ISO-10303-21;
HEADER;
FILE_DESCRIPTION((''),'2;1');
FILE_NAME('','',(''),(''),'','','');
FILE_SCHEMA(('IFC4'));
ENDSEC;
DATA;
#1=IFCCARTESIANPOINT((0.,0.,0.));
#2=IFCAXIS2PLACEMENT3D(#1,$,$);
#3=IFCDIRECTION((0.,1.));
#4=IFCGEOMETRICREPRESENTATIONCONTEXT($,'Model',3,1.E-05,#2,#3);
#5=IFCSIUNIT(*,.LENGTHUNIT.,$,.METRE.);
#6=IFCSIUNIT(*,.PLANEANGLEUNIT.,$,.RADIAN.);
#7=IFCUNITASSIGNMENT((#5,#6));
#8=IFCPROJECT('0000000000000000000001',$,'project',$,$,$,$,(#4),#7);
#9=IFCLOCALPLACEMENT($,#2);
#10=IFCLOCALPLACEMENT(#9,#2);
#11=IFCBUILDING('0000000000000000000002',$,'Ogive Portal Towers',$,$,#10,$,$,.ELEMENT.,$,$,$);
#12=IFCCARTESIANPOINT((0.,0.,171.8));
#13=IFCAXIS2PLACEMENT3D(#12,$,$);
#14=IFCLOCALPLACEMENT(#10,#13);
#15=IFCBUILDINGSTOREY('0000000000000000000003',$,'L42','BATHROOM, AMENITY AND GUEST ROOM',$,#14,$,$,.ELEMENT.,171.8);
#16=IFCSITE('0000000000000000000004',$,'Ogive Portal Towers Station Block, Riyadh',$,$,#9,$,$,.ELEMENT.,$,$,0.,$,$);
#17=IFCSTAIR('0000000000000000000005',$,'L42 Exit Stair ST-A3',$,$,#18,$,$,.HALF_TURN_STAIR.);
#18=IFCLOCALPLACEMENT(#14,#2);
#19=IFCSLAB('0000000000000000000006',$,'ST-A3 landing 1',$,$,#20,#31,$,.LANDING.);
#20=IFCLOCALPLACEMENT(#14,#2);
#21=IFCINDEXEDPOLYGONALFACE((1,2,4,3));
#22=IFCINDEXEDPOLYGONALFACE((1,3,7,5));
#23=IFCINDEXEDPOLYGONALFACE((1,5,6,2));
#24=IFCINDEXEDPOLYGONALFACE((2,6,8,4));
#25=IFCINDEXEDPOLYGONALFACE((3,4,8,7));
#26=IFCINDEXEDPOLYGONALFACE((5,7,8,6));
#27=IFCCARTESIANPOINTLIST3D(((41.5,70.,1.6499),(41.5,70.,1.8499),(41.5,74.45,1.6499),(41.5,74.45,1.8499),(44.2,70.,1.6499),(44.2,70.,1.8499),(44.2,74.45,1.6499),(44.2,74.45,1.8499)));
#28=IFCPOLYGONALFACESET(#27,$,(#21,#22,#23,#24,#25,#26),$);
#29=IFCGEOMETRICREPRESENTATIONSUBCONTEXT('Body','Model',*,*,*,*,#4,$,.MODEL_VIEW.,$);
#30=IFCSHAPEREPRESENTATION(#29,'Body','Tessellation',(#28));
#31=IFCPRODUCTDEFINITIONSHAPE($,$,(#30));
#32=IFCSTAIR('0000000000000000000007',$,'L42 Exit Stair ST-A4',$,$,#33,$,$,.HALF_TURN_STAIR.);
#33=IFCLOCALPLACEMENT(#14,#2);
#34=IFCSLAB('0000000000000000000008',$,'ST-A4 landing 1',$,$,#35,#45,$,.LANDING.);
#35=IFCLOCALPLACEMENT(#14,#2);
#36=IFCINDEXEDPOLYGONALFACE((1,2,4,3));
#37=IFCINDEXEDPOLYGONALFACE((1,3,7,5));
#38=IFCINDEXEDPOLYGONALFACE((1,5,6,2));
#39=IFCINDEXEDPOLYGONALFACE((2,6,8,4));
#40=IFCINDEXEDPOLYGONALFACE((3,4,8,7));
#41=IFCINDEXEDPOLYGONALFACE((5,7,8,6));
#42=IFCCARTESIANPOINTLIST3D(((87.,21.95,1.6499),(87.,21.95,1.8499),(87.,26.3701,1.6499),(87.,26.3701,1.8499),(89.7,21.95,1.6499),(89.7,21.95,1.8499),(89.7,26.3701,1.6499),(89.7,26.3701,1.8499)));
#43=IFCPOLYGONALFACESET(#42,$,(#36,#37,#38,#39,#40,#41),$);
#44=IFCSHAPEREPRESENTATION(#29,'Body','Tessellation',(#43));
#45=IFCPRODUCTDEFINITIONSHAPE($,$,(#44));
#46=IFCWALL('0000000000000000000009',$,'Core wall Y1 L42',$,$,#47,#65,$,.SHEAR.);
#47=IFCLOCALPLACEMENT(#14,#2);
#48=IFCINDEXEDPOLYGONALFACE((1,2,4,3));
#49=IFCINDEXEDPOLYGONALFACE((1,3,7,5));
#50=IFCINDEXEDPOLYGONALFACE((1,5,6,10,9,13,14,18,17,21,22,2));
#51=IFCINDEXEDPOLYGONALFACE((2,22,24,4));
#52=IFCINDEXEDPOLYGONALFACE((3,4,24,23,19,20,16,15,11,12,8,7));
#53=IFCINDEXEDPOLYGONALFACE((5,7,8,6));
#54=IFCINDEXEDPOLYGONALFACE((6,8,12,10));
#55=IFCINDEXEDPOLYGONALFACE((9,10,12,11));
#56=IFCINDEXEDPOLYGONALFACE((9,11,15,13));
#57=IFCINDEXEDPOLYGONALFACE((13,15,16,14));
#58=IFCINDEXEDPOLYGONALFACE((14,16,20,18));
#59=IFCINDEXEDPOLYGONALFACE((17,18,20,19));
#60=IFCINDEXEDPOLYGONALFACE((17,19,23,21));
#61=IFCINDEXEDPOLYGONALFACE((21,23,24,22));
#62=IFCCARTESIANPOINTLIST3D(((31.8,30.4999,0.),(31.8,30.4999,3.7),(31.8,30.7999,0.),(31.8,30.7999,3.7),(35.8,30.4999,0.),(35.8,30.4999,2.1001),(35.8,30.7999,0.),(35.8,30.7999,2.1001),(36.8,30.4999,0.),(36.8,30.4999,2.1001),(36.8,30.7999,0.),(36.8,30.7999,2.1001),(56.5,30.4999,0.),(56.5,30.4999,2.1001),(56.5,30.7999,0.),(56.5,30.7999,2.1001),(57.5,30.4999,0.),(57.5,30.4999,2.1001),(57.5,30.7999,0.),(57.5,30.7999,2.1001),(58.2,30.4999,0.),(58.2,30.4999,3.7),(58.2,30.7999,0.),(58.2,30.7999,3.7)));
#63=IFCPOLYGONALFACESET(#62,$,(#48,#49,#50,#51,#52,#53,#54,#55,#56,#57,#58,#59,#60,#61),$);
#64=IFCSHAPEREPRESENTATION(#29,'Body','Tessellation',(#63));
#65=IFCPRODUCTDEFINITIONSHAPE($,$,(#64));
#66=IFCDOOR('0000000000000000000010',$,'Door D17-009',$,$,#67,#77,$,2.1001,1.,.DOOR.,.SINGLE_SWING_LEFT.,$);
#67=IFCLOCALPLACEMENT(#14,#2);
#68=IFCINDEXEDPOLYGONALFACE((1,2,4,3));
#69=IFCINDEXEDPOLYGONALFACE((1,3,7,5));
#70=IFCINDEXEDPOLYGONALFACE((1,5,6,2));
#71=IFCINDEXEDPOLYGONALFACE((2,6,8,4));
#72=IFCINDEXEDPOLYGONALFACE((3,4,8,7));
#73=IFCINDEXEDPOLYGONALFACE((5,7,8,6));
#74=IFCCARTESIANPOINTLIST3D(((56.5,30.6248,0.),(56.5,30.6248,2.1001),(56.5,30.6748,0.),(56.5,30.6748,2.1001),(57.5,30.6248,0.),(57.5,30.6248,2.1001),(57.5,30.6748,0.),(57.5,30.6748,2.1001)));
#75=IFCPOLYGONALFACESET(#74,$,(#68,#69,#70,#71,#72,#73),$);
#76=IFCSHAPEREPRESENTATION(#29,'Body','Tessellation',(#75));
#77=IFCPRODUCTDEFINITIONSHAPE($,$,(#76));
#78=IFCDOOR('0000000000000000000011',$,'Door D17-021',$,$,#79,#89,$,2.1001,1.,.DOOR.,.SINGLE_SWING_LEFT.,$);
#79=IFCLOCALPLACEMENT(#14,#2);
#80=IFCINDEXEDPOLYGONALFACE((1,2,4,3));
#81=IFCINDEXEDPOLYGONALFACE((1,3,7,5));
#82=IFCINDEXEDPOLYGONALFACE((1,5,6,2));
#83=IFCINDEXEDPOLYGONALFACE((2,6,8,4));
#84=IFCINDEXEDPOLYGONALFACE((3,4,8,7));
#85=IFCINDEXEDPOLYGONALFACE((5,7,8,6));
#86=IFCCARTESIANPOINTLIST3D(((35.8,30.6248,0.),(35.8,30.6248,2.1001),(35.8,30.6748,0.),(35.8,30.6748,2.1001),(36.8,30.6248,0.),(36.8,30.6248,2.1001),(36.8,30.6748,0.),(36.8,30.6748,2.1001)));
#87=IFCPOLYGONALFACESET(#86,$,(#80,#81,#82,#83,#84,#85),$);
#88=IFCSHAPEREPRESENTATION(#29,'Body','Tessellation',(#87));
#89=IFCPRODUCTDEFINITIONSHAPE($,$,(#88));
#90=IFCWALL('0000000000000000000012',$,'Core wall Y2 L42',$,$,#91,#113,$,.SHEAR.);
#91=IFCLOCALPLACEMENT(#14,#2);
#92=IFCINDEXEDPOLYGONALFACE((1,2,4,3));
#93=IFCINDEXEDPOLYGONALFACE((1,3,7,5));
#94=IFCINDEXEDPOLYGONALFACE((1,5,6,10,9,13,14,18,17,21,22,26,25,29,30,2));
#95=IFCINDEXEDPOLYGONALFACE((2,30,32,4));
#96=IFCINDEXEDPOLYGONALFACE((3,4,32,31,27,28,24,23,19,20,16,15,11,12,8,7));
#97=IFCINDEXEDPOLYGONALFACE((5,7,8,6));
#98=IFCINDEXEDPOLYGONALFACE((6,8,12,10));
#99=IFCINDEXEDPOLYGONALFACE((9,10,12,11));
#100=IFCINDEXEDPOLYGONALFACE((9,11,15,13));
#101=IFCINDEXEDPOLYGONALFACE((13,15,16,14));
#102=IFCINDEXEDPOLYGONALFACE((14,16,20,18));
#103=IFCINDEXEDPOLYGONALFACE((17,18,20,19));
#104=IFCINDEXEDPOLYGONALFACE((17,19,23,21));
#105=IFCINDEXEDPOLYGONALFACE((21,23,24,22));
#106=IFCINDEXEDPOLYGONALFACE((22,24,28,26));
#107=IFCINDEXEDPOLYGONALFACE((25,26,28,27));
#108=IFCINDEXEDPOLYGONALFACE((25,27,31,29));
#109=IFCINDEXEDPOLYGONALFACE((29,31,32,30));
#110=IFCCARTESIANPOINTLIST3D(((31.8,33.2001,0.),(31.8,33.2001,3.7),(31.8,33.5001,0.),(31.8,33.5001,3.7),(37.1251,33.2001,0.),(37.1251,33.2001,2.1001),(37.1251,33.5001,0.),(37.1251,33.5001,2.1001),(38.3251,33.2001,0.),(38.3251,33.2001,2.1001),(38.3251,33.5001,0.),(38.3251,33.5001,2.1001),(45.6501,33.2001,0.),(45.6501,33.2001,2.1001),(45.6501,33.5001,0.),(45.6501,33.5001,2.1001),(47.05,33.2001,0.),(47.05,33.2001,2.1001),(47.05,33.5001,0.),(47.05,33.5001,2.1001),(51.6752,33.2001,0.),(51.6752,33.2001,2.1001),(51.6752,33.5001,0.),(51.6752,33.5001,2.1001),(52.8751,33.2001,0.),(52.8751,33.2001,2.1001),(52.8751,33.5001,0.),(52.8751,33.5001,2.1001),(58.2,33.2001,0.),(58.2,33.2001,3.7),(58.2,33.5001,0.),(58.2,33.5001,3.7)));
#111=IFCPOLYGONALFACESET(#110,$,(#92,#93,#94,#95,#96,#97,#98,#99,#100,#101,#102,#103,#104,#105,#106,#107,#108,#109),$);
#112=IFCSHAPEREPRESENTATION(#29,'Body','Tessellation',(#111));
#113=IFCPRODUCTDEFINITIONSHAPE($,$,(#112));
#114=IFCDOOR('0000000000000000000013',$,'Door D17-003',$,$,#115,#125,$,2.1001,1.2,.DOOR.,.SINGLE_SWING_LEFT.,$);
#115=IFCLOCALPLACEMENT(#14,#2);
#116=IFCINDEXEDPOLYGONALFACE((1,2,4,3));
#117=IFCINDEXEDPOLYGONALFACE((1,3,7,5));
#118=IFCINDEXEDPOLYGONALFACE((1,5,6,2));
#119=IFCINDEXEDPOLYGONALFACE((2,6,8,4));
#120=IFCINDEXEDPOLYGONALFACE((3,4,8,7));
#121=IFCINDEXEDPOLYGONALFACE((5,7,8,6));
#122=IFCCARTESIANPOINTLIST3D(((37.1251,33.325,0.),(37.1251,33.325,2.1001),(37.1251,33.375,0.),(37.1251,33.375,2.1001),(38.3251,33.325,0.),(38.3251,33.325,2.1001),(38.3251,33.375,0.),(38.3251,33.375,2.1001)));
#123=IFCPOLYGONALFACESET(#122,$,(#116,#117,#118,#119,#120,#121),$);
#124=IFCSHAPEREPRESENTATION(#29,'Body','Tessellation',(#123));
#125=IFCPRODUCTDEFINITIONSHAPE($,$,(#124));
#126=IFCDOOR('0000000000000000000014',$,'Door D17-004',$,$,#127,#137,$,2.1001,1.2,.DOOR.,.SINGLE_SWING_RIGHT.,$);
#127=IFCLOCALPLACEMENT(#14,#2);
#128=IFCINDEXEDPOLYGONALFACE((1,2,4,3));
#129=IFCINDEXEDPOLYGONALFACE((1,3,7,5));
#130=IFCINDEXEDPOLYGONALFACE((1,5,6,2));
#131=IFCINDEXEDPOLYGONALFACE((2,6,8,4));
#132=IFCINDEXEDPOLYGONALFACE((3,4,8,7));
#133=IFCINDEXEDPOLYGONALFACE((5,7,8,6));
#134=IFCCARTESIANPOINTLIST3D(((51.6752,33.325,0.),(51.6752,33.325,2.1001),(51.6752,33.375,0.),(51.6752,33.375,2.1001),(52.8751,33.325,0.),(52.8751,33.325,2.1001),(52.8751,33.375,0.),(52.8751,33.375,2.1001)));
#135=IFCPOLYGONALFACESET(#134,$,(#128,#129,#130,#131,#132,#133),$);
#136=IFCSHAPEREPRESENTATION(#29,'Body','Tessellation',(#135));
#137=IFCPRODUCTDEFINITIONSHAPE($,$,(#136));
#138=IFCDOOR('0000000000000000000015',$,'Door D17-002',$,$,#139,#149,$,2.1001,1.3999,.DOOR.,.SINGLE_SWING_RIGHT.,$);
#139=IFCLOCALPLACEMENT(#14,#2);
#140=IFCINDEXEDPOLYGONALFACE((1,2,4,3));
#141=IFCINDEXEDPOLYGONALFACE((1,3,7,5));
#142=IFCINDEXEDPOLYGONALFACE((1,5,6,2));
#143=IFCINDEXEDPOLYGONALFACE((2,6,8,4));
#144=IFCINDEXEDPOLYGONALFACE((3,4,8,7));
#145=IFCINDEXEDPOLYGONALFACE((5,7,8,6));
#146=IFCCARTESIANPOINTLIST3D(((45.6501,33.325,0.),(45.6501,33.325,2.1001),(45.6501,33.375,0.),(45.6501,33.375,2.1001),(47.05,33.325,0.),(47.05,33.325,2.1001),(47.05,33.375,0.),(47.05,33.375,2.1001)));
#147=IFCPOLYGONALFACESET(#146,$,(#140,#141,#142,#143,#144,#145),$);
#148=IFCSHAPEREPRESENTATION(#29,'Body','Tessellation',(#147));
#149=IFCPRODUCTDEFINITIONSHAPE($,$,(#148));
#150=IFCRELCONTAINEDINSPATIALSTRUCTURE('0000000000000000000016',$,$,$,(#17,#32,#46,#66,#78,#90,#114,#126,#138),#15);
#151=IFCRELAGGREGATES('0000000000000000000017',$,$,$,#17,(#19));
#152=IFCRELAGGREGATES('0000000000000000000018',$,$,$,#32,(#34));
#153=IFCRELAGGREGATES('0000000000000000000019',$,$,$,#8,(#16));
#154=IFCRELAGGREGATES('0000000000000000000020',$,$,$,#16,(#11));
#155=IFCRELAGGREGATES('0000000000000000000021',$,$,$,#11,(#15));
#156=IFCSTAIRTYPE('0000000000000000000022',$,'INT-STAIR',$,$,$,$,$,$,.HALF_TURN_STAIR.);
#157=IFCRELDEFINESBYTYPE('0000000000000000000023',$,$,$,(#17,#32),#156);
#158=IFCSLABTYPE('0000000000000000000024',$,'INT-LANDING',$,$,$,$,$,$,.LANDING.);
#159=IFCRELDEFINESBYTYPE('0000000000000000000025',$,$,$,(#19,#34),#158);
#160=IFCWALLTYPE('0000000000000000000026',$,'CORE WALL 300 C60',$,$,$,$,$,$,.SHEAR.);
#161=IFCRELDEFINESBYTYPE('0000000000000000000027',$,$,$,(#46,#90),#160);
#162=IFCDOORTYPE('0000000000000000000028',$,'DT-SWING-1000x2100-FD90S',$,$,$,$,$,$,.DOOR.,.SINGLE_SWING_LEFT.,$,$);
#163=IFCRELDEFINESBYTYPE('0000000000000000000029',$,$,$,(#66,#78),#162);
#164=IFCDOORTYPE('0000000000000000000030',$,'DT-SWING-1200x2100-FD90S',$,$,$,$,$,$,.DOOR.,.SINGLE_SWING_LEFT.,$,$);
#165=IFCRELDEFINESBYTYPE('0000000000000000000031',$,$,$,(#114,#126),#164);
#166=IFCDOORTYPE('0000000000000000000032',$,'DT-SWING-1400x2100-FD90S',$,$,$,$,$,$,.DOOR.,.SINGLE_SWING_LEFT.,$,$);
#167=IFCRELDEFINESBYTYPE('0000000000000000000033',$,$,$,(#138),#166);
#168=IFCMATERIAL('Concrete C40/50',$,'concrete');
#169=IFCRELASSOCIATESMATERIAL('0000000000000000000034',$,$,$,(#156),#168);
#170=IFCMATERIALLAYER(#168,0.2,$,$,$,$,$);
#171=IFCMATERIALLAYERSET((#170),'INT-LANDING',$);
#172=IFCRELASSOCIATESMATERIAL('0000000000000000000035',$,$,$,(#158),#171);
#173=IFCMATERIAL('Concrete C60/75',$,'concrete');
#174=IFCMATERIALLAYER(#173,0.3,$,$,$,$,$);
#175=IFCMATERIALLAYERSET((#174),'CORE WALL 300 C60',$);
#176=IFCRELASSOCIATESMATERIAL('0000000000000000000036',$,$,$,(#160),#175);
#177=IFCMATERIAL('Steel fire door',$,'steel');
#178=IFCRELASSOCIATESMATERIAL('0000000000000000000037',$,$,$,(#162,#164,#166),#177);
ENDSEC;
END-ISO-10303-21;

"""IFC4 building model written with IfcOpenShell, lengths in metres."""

from ifc_helpers import new_model, si_unit, direction, frame, frame_2d, origin, place, context, subcontext, project, spatial, polyline, rectangle, outline, extrude, material, layer, layer_set, type_object, element, fill, aggregate, save


model = new_model("IFC4")

# Units and contexts
model_context = context("Model", 3, precision=1e-05, world=origin(), true_north=direction((0.0, 1.0)))
body_context = subcontext(model_context, "Body", "Model", "MODEL_VIEW")
ifc_project = project(units=[si_unit("LENGTHUNIT", "METRE"), si_unit("PLANEANGLEUNIT", "RADIAN")], contexts=[model_context])

# Site, building, storey
site_placement = place(None, origin())
site = spatial("IfcSite", under=ifc_project, at=site_placement, Name="Ogive Portal Towers Station Block, Riyadh", CompositionType="ELEMENT", RefElevation=0.0)
building_placement = place(site_placement, origin())
building = spatial("IfcBuilding", under=site, at=building_placement, Name="Ogive Portal Towers", CompositionType="ELEMENT")
storey_placement = place(building_placement, frame((0.0, 0.0, 171.8)))
storey = spatial("IfcBuildingStorey", under=building, at=storey_placement, Name="L42", Description="BATHROOM, AMENITY AND GUEST ROOM", CompositionType="ELEMENT", Elevation=171.8)

# Stairs, slabs
ifc_material_1 = material(Name="Concrete C40/50", Category="concrete")
stair_type = type_object("IfcStairType", Name="INT-STAIR", PredefinedType="HALF_TURN_STAIR", material=ifc_material_1)
stair_1_placement = place(storey_placement, origin())
stair_1 = element("IfcStair", 1, at=stair_1_placement, inside=storey, type_object=stair_type, Name="L42 Exit Stair ST-A3", PredefinedType="HALF_TURN_STAIR")
ifc_layer_1 = layer(ifc_material_1, 0.2)
ifc_layer_set_1 = layer_set([ifc_layer_1], Name="INT-LANDING")
slab_type = type_object("IfcSlabType", Name="INT-LANDING", PredefinedType="LANDING", material=ifc_layer_set_1)
slab_1_placement = place(storey_placement, frame((0.0, 0.0, 1.6499)))
slab_1 = element("IfcSlab", 2, at=slab_1_placement, type_object=slab_type, Name="ST-A3 landing 1", PredefinedType="LANDING", context=body_context, shape_type="SweptSolid", body=[
    extrude(outline(polyline([(44.2, 70.0), (44.2, 74.45), (41.5, 74.45), (41.5, 70.0), (44.2, 70.0)])), origin(), (0.0, 0.0, 1.0), 0.2),
])
aggregate(stair_1, [slab_1])
stair_2_placement = place(storey_placement, origin())
stair_2 = element("IfcStair", 3, at=stair_2_placement, inside=storey, type_object=stair_type, Name="L42 Exit Stair ST-A4", PredefinedType="HALF_TURN_STAIR")
slab_2_placement = place(storey_placement, frame((0.0, 0.0, 1.6499)))
slab_2 = element("IfcSlab", 4, at=slab_2_placement, type_object=slab_type, Name="ST-A4 landing 1", PredefinedType="LANDING", context=body_context, shape_type="SweptSolid", body=[
    extrude(outline(polyline([(87.0, 26.3701), (87.0, 21.95), (89.7, 21.95), (89.7, 26.3701), (87.0, 26.3701)])), origin(), (0.0, 0.0, 1.0), 0.2),
])
aggregate(stair_2, [slab_2])

# Walls, openings, doors
ifc_material_2 = material(Name="Concrete C60/75", Category="concrete")
ifc_layer_2 = layer(ifc_material_2, 0.3)
ifc_layer_set_2 = layer_set([ifc_layer_2], Name="CORE WALL 300 C60")
wall_type_1 = type_object("IfcWallType", Name="CORE WALL 300 C60", PredefinedType="SHEAR", material=ifc_layer_set_2)
wall_1_placement = place(storey_placement, frame((31.8, 30.6499, 0.0), z_axis=(0.0, 0.0, 1.0), x_axis=(1.0, 0.0, 0.0)))
wall_1 = element("IfcWall", 5, at=wall_1_placement, inside=storey, type_object=wall_type_1, Name="Core wall Y1 L42", PredefinedType="SHEAR", context=body_context, shape_type="SweptSolid", body=[
    extrude(rectangle(XDim=26.3999, YDim=0.3, at=frame_2d((13.2, 0.0))), origin(), (0.0, 0.0, 1.0), 3.7),
])
opening_1_placement = place(wall_1_placement, frame((24.7, 0.0, 0.0)))
opening_1 = element("IfcOpeningElement", 6, at=opening_1_placement, cuts=wall_1, PredefinedType="OPENING", context=body_context, shape_type="SweptSolid", body=[
    extrude(rectangle(XDim=1.0, YDim=2.1001, at=frame_2d((0.5, 1.05))), frame((0.0, 0.1602, 0.0), z_axis=(0.0, -1.0, 0.0), x_axis=(1.0, 0.0, 0.0)), (0.0, 0.0, 1.0), 0.3201),
])
opening_2_placement = place(wall_1_placement, frame((4.0, 0.0, 0.0)))
opening_2 = element("IfcOpeningElement", 7, at=opening_2_placement, cuts=wall_1, PredefinedType="OPENING", context=body_context, shape_type="SweptSolid", body=[
    extrude(rectangle(XDim=1.0, YDim=2.1001, at=frame_2d((0.5, 1.05))), frame((0.0, 0.1602, 0.0), z_axis=(0.0, -1.0, 0.0), x_axis=(1.0, 0.0, 0.0)), (0.0, 0.0, 1.0), 0.3201),
])
ifc_material_3 = material(Name="Steel fire door", Category="steel")
door_type_1 = type_object("IfcDoorType", Name="DT-SWING-1000x2100-FD90S", OperationType="SINGLE_SWING_LEFT", PredefinedType="DOOR", material=ifc_material_3)
door_1_placement = place(opening_1_placement, origin())
door_1 = element("IfcDoor", 8, at=door_1_placement, inside=storey, type_object=door_type_1, Name="Door D17-009", OperationType="SINGLE_SWING_LEFT", OverallHeight=2.1001, OverallWidth=1.0, PredefinedType="DOOR", context=body_context, shape_type="SweptSolid", body=[
    extrude(rectangle(XDim=1.0, YDim=2.1001, at=frame_2d((0.5, 1.05))), frame((0.0, 0.0249, 0.0), z_axis=(0.0, -1.0, 0.0), x_axis=(1.0, 0.0, 0.0)), (0.0, 0.0, 1.0), 0.05),
])
fill(opening_1, door_1)
door_2_placement = place(opening_2_placement, origin())
door_2 = element("IfcDoor", 9, at=door_2_placement, inside=storey, type_object=door_type_1, Name="Door D17-021", OperationType="SINGLE_SWING_LEFT", OverallHeight=2.1001, OverallWidth=1.0, PredefinedType="DOOR", context=body_context, shape_type="SweptSolid", body=[
    extrude(rectangle(XDim=1.0, YDim=2.1001, at=frame_2d((0.5, 1.05))), frame((0.0, 0.0249, 0.0), z_axis=(0.0, -1.0, 0.0), x_axis=(1.0, 0.0, 0.0)), (0.0, 0.0, 1.0), 0.05),
])
fill(opening_2, door_2)
wall_2_placement = place(storey_placement, frame((31.8, 33.3501, 0.0), z_axis=(0.0, 0.0, 1.0), x_axis=(1.0, 0.0, 0.0)))
wall_2 = element("IfcWall", 10, at=wall_2_placement, inside=storey, type_object=wall_type_1, Name="Core wall Y2 L42", PredefinedType="SHEAR", context=body_context, shape_type="SweptSolid", body=[
    extrude(rectangle(XDim=26.3999, YDim=0.3, at=frame_2d((13.2, 0.0))), origin(), (0.0, 0.0, 1.0), 3.7),
])
opening_3_placement = place(wall_2_placement, frame((13.8501, 0.0, 0.0)))
opening_3 = element("IfcOpeningElement", 11, at=opening_3_placement, cuts=wall_2, PredefinedType="OPENING", context=body_context, shape_type="SweptSolid", body=[
    extrude(rectangle(XDim=1.3999, YDim=2.1001, at=frame_2d((0.7, 1.05))), frame((0.0, 0.1602, 0.0), z_axis=(0.0, -1.0, 0.0), x_axis=(1.0, 0.0, 0.0)), (0.0, 0.0, 1.0), 0.3201),
])
opening_4_placement = place(wall_2_placement, frame((5.325, 0.0, 0.0)))
opening_4 = element("IfcOpeningElement", 12, at=opening_4_placement, cuts=wall_2, PredefinedType="OPENING", context=body_context, shape_type="SweptSolid", body=[
    extrude(rectangle(XDim=1.2, YDim=2.1001, at=frame_2d((0.6001, 1.05))), frame((0.0, 0.1602, 0.0), z_axis=(0.0, -1.0, 0.0), x_axis=(1.0, 0.0, 0.0)), (0.0, 0.0, 1.0), 0.3201),
])
opening_5_placement = place(wall_2_placement, frame((19.875, 0.0, 0.0)))
opening_5 = element("IfcOpeningElement", 13, at=opening_5_placement, cuts=wall_2, PredefinedType="OPENING", context=body_context, shape_type="SweptSolid", body=[
    extrude(rectangle(XDim=1.2, YDim=2.1001, at=frame_2d((0.6001, 1.05))), frame((0.0, 0.1602, 0.0), z_axis=(0.0, -1.0, 0.0), x_axis=(1.0, 0.0, 0.0)), (0.0, 0.0, 1.0), 0.3201),
])
door_type_2 = type_object("IfcDoorType", Name="DT-SWING-1200x2100-FD90S", OperationType="SINGLE_SWING_LEFT", PredefinedType="DOOR", material=ifc_material_3)
door_3_placement = place(opening_4_placement, origin())
door_3 = element("IfcDoor", 14, at=door_3_placement, inside=storey, type_object=door_type_2, Name="Door D17-003", OperationType="SINGLE_SWING_LEFT", OverallHeight=2.1001, OverallWidth=1.2, PredefinedType="DOOR", context=body_context, shape_type="SweptSolid", body=[
    extrude(rectangle(XDim=1.2, YDim=2.1001, at=frame_2d((0.6001, 1.05))), frame((0.0, 0.0249, 0.0), z_axis=(0.0, -1.0, 0.0), x_axis=(1.0, 0.0, 0.0)), (0.0, 0.0, 1.0), 0.05),
])
fill(opening_4, door_3)
door_4_placement = place(opening_5_placement, origin())
door_4 = element("IfcDoor", 15, at=door_4_placement, inside=storey, type_object=door_type_2, Name="Door D17-004", OperationType="SINGLE_SWING_RIGHT", OverallHeight=2.1001, OverallWidth=1.2, PredefinedType="DOOR", context=body_context, shape_type="SweptSolid", body=[
    extrude(rectangle(XDim=1.2, YDim=2.1001, at=frame_2d((0.6001, 1.05))), frame((0.0, 0.0249, 0.0), z_axis=(0.0, -1.0, 0.0), x_axis=(1.0, 0.0, 0.0)), (0.0, 0.0, 1.0), 0.05),
])
fill(opening_5, door_4)
door_type_3 = type_object("IfcDoorType", Name="DT-SWING-1400x2100-FD90S", OperationType="SINGLE_SWING_LEFT", PredefinedType="DOOR", material=ifc_material_3)
door_5_placement = place(opening_3_placement, origin())
door_5 = element("IfcDoor", 16, at=door_5_placement, inside=storey, type_object=door_type_3, Name="Door D17-002", OperationType="SINGLE_SWING_RIGHT", OverallHeight=2.1001, OverallWidth=1.3999, PredefinedType="DOOR", context=body_context, shape_type="SweptSolid", body=[
    extrude(rectangle(XDim=1.3999, YDim=2.1001, at=frame_2d((0.7, 1.05))), frame((0.0, 0.0249, 0.0), z_axis=(0.0, -1.0, 0.0), x_axis=(1.0, 0.0, 0.0)), (0.0, 0.0, 1.0), 0.05),
])
fill(opening_3, door_5)

save(model, "model.ifc")
